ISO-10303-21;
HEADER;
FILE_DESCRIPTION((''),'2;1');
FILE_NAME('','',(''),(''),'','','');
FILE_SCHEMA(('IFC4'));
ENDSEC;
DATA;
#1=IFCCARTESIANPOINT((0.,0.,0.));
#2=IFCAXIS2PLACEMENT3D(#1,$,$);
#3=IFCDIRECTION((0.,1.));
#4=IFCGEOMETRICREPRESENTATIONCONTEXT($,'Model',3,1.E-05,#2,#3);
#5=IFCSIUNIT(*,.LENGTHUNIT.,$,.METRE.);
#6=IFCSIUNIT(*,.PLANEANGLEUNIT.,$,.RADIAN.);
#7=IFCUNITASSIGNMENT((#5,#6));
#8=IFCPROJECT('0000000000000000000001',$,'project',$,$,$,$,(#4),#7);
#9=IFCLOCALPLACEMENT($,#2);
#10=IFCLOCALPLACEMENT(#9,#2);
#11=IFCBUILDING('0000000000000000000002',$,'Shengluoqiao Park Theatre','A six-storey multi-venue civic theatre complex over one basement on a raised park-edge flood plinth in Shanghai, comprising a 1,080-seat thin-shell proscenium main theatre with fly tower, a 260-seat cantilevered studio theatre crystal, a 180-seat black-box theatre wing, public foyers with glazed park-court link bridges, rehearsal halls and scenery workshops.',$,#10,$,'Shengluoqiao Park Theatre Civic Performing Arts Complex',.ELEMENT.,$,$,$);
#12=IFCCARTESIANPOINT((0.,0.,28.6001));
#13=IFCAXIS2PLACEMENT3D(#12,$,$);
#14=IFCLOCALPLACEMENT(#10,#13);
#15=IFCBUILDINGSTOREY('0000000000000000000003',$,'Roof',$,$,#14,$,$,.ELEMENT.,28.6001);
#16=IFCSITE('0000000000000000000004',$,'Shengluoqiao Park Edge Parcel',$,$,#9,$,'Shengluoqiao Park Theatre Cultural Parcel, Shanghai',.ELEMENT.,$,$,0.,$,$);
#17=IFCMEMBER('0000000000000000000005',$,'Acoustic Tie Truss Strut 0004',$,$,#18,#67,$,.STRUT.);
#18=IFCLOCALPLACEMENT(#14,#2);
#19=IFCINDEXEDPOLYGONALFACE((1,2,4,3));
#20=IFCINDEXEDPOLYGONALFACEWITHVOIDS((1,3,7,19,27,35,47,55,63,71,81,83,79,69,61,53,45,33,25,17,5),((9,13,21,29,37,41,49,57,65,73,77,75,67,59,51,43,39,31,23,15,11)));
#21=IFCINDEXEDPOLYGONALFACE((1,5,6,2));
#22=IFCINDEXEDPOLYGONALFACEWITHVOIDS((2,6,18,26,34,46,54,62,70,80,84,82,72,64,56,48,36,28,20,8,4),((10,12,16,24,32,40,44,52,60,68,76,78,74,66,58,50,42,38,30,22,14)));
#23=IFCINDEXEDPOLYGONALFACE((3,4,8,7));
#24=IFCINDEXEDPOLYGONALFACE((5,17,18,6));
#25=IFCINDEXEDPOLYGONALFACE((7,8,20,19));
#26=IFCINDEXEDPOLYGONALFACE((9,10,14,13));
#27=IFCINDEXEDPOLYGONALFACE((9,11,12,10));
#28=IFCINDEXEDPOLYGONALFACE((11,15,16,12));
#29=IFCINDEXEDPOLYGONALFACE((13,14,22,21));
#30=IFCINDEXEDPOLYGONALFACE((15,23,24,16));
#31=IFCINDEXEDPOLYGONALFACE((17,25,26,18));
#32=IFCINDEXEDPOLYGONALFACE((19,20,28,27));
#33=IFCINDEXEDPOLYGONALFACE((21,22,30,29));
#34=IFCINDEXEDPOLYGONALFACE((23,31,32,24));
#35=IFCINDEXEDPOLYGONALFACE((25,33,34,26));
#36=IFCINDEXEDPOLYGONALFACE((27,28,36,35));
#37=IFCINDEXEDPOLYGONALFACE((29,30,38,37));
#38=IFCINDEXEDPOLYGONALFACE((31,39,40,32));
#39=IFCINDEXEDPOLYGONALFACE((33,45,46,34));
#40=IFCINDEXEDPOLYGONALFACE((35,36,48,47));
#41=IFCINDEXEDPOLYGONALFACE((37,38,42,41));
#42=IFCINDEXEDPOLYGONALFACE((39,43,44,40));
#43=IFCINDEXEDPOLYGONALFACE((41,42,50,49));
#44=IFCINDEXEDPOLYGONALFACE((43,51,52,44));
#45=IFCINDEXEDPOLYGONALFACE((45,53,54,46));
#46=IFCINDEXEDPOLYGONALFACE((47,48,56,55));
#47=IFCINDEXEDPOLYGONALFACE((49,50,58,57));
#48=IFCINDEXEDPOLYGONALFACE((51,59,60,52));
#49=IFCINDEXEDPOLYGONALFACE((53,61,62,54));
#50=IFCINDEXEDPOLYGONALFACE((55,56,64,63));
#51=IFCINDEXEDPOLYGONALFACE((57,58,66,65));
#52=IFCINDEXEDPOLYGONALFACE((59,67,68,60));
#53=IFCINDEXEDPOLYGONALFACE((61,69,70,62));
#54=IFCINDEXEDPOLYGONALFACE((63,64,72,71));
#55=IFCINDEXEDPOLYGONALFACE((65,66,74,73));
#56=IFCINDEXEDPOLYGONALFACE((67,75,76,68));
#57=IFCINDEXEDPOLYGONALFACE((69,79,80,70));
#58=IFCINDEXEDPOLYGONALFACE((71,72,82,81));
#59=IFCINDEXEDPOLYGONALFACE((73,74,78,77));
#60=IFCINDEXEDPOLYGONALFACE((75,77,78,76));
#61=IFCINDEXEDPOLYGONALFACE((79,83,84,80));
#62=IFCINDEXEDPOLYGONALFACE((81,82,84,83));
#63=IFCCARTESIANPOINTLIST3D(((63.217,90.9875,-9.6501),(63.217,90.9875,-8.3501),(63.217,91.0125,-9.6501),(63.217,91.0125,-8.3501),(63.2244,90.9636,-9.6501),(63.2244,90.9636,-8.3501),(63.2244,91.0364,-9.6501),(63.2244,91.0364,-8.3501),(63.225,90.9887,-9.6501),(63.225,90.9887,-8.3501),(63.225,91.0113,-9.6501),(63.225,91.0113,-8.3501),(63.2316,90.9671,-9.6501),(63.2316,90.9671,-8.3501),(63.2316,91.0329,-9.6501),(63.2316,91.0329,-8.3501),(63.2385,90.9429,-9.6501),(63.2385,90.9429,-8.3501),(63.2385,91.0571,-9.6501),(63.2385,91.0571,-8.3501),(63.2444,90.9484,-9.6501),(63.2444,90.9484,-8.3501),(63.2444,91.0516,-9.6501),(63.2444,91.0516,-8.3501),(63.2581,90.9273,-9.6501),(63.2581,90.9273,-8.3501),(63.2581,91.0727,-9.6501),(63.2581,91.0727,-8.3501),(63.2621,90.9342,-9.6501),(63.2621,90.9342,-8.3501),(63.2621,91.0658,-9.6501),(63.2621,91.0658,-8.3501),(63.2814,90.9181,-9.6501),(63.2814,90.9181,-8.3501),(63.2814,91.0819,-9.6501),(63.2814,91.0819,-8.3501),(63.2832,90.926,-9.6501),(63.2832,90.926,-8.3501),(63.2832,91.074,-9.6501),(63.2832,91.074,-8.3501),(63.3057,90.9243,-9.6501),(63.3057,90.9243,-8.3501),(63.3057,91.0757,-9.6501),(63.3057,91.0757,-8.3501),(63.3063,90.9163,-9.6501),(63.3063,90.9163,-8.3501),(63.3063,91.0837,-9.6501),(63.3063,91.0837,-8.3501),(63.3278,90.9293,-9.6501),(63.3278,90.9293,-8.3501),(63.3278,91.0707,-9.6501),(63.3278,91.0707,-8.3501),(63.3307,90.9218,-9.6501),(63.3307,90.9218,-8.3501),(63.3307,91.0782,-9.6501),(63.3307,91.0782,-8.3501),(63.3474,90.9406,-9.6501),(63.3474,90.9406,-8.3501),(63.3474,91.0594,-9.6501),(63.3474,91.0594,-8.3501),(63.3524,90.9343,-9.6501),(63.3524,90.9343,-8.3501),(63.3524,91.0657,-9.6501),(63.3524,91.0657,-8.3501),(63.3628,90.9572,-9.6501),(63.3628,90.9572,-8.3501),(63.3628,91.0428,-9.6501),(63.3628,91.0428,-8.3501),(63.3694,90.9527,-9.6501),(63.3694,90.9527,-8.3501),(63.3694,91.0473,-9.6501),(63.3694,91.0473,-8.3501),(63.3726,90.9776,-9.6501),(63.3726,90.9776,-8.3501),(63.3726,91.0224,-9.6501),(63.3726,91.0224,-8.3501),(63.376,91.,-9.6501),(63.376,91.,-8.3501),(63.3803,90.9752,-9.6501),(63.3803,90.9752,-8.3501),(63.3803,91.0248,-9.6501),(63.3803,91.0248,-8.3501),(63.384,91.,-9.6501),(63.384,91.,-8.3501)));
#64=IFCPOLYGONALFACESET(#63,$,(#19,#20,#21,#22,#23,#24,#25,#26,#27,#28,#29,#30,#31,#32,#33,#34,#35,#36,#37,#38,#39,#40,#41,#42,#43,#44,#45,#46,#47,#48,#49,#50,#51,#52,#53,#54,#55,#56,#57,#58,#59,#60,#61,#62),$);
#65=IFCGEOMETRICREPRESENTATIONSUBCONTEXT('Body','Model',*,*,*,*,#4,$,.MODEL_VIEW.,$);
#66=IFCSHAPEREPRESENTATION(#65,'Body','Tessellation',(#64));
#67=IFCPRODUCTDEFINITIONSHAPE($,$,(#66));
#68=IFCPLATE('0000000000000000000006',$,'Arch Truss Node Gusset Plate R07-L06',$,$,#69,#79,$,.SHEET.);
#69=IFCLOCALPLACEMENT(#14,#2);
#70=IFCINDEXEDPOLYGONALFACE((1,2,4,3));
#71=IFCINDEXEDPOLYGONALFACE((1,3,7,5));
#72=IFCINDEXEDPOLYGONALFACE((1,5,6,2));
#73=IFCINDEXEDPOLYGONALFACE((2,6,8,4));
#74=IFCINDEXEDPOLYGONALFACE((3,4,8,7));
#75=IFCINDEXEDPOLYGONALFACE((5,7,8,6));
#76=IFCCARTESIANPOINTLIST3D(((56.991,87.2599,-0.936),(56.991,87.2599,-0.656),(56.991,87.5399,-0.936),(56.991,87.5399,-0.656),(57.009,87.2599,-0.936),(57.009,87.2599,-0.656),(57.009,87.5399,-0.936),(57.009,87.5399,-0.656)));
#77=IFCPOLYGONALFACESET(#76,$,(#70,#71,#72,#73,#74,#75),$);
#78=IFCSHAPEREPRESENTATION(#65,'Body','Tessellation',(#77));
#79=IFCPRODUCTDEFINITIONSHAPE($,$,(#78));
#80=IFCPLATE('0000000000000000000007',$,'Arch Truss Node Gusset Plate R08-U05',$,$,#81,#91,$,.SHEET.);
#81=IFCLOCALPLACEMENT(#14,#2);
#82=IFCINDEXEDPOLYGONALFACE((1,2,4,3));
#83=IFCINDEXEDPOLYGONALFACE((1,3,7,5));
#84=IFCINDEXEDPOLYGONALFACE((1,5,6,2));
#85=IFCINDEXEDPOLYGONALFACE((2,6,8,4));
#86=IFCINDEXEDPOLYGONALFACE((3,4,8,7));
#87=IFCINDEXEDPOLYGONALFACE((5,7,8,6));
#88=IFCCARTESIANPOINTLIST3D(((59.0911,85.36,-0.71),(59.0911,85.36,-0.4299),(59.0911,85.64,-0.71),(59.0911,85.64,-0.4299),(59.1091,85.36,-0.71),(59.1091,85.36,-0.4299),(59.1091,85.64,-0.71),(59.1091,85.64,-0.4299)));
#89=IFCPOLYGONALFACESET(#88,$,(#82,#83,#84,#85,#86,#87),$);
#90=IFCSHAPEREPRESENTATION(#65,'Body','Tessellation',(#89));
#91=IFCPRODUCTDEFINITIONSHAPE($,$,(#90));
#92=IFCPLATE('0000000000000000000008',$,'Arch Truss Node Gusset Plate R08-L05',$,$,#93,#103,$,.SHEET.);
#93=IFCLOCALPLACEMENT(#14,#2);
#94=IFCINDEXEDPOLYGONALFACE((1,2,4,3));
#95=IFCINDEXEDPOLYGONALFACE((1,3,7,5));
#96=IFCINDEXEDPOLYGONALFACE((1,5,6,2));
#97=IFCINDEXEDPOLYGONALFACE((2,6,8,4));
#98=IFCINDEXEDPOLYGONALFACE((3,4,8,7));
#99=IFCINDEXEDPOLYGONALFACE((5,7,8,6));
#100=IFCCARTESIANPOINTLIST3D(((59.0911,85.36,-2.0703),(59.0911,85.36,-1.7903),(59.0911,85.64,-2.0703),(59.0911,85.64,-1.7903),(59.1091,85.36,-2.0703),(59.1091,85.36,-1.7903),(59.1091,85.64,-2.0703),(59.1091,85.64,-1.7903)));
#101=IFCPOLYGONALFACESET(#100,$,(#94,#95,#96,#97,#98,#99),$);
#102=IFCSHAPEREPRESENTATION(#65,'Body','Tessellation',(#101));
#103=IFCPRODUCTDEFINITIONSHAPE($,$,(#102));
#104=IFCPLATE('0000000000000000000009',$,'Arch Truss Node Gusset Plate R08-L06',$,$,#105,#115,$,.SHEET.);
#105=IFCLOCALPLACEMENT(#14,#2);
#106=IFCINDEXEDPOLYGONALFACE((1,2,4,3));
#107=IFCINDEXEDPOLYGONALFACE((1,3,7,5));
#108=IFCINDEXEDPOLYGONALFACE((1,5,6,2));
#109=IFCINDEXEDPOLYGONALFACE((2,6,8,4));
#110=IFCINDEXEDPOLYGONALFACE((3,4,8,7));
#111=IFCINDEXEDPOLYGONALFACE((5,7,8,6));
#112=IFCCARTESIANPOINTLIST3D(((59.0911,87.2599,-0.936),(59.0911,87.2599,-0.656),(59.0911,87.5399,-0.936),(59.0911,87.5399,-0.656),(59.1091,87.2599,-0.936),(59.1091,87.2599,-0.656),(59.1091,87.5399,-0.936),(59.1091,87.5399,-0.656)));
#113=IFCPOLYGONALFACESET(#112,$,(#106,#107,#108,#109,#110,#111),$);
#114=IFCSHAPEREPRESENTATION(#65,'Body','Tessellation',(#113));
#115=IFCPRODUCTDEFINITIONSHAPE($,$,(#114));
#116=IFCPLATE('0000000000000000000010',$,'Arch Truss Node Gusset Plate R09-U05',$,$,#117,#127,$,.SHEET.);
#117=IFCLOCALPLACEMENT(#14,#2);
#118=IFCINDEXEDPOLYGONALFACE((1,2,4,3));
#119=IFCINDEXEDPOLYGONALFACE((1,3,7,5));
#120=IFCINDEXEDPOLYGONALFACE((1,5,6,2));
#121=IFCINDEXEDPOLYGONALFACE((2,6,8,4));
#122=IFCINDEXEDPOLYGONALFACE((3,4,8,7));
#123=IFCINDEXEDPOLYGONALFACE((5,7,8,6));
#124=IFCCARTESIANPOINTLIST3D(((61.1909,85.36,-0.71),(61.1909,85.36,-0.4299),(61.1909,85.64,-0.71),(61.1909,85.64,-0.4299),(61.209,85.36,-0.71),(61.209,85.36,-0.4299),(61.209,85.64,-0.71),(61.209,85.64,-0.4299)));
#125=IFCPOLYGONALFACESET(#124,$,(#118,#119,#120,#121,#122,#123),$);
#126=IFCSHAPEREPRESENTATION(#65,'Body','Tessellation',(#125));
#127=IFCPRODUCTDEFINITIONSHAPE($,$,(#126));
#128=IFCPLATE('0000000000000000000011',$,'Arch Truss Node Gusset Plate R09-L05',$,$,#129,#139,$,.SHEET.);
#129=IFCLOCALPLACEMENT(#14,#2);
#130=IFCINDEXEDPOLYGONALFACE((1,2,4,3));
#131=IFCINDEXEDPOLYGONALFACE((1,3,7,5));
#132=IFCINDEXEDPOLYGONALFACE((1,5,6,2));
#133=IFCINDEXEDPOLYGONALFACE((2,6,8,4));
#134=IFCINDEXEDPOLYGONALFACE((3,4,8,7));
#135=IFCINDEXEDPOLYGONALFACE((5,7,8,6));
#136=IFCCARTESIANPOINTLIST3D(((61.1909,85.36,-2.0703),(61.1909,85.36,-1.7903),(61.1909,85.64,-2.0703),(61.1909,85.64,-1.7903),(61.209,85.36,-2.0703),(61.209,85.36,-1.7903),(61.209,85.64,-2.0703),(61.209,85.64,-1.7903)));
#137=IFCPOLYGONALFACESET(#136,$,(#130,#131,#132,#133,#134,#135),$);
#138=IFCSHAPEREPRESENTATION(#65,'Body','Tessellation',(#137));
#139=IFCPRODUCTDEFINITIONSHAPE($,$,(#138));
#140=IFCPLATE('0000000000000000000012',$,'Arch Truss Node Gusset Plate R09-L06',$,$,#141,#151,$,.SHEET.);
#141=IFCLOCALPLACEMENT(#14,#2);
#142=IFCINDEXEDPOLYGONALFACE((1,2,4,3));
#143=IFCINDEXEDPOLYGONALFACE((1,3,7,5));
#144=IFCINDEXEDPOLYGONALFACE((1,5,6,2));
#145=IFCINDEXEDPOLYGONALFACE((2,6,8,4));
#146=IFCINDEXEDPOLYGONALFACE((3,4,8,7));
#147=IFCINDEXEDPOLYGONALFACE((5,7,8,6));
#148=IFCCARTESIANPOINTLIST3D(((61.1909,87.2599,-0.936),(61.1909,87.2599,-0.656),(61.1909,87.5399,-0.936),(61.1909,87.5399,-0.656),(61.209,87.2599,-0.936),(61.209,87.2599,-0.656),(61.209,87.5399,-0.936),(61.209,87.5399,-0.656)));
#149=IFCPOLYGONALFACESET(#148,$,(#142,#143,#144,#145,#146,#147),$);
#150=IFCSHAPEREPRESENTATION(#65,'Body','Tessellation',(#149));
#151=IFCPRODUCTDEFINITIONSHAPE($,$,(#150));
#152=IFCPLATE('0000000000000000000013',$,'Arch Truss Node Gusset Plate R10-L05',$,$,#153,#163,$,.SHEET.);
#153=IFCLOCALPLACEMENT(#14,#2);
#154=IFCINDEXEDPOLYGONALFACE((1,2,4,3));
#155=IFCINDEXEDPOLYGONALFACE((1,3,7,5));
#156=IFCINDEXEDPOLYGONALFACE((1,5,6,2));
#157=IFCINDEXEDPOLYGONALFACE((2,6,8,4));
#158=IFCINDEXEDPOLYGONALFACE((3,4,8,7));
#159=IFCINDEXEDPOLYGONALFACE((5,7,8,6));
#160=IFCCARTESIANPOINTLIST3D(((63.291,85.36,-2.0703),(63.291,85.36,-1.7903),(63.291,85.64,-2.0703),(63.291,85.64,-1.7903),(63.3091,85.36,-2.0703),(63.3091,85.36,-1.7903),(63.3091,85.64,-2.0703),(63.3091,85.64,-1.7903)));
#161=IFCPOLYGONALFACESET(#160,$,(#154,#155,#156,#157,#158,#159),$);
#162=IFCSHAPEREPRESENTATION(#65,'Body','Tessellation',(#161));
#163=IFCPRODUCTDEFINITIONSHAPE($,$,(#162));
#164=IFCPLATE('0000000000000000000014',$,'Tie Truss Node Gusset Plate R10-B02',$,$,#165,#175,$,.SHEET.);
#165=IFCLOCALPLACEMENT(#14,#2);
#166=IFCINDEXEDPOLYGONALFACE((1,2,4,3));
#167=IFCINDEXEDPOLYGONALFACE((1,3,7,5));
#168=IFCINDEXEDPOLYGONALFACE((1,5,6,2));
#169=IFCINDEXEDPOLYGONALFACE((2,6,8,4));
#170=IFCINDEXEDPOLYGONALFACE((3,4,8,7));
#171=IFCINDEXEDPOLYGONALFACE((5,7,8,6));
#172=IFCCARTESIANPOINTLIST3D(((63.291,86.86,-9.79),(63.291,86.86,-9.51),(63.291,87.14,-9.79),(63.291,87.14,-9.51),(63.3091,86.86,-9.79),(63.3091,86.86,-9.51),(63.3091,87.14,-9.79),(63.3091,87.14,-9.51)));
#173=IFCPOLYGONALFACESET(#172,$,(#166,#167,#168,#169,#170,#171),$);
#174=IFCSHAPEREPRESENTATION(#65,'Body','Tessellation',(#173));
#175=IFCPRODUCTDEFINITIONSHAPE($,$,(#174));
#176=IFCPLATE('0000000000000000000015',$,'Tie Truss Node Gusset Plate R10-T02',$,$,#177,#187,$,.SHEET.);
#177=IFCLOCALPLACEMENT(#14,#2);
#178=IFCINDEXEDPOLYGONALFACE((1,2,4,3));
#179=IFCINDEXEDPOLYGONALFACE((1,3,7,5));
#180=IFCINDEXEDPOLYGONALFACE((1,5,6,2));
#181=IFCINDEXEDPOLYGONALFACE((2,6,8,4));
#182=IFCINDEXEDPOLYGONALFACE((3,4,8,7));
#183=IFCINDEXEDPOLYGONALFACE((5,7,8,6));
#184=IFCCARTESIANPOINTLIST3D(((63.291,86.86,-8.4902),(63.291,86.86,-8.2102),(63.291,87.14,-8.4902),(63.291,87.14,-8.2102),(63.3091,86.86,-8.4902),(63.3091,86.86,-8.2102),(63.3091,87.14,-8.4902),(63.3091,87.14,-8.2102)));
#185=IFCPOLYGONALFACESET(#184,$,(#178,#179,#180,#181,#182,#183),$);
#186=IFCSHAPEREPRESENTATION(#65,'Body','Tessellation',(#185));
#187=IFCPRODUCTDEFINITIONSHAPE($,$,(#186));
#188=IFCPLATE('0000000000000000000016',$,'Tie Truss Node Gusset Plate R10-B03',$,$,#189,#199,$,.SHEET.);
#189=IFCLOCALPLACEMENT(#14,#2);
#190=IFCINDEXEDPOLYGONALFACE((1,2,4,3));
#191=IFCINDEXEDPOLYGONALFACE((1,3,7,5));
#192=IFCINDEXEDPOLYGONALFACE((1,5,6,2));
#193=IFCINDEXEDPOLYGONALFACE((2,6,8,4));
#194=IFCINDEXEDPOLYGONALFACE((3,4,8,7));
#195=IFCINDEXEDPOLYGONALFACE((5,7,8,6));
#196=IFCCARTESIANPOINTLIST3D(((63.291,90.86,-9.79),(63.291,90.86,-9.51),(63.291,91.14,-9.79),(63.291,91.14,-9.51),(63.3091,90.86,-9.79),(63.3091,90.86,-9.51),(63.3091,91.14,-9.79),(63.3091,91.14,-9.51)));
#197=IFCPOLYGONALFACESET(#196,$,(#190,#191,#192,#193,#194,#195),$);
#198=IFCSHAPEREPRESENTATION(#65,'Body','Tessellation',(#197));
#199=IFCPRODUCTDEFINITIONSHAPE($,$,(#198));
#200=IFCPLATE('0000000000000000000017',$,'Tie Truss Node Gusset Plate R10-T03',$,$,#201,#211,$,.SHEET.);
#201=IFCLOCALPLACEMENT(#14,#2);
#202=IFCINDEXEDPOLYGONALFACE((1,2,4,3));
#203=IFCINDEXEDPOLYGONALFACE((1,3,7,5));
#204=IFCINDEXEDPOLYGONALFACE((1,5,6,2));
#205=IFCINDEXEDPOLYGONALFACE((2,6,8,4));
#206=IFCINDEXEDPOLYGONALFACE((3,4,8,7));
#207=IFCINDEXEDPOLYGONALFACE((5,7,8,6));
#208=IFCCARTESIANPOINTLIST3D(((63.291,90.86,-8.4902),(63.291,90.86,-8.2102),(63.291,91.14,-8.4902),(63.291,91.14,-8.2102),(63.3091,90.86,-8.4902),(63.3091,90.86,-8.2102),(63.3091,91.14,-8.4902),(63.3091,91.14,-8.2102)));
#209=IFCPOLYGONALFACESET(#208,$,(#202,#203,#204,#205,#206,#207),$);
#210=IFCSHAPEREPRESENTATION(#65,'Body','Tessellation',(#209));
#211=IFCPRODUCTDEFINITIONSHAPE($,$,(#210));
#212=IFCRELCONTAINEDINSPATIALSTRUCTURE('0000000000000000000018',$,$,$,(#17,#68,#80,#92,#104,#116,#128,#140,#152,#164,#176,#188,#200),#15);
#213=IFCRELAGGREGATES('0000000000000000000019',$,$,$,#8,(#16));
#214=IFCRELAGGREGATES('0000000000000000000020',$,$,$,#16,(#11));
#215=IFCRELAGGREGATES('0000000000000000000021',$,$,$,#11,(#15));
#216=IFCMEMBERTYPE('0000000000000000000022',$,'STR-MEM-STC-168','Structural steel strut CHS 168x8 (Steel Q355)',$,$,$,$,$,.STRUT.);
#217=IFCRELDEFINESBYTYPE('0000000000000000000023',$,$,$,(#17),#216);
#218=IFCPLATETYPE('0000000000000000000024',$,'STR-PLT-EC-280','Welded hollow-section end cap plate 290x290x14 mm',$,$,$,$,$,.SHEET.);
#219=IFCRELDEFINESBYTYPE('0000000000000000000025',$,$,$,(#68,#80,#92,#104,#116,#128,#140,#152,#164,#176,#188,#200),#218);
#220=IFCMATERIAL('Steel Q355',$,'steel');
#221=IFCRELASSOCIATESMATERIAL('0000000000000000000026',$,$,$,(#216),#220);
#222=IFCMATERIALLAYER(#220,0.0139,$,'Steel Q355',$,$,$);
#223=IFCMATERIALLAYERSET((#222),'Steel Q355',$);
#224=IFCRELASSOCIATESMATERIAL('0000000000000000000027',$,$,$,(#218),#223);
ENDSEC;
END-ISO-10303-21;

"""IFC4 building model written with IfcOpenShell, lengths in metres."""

from ifc_helpers import new_model, si_unit, direction, frame, origin, origin_2d, place, context, subcontext, project, spatial, rectangle, hollow_circle, extrude, material, layer, layer_set, material_profile, profile_set, type_object, element, save


model = new_model("IFC4")

# Units and contexts
model_context = context("Model", 3, precision=1e-05, world=origin(), true_north=direction((0.0, 1.0)))
body_context = subcontext(model_context, "Body", "Model", "MODEL_VIEW")
ifc_project = project(units=[si_unit("LENGTHUNIT", "METRE"), si_unit("PLANEANGLEUNIT", "RADIAN")], contexts=[model_context])

# Site, building, storey
site_placement = place(None, origin())
site = spatial("IfcSite", under=ifc_project, at=site_placement, Name="Shengluoqiao Park Edge Parcel", LongName="Shengluoqiao Park Theatre Cultural Parcel, Shanghai", CompositionType="ELEMENT", RefElevation=0.0)
building_placement = place(site_placement, origin())
building = spatial("IfcBuilding", under=site, at=building_placement, Name="Shengluoqiao Park Theatre", Description="A six-storey multi-venue civic theatre complex over one basement on a raised park-edge flood plinth in Shanghai, comprising a 1,080-seat thin-shell proscenium main theatre with fly tower, a 260-seat cantilevered studio theatre crystal, a 180-seat black-box theatre wing, public foyers with glazed park-court link bridges, rehearsal halls and scenery workshops.", LongName="Shengluoqiao Park Theatre Civic Performing Arts Complex", CompositionType="ELEMENT")
storey_placement = place(building_placement, frame((0.0, 0.0, 28.6001)))
storey = spatial("IfcBuildingStorey", under=building, at=storey_placement, Name="Roof", CompositionType="ELEMENT", Elevation=28.6001)

# Shared definitions
ifc_material_1 = material(Name="Steel Q355", Category="steel")

# Member
ifc_material_profile_1 = material_profile(ifc_material_1, hollow_circle(Radius=0.084, WallThickness=0.0081, at=origin_2d()), Name="CHS 168x8")
ifc_profile_set_1 = profile_set([ifc_material_profile_1], Name="Steel Q355")
member_type_1 = type_object("IfcMemberType", Name="STR-MEM-STC-168", Description="Structural steel strut CHS 168x8 (Steel Q355)", PredefinedType="STRUT", material=ifc_profile_set_1)
for number, where, z_axis, x_axis, name in (
    (1, (63.3, 91.0, -9.6501), (0.0, 0.0, 1.0), (1.0, 0.0, 0.0), "Acoustic Tie Truss Strut 0004"),
):
    element("IfcMember", number, at=place(storey_placement, frame(where, z_axis=z_axis, x_axis=x_axis)), inside=storey, type_object=member_type_1, Name=name, PredefinedType="STRUT", context=body_context, shape_type="SweptSolid", body=[
        extrude(hollow_circle(Radius=0.084, WallThickness=0.0081, at=origin_2d()), origin(), (0.0, 0.0, 1.0), 1.3),
    ])

# Plates
ifc_layer = layer(ifc_material_1, 0.0139, Name="Steel Q355")
ifc_layer_set = layer_set([ifc_layer], Name="Steel Q355")
plate_type = type_object("IfcPlateType", Name="STR-PLT-EC-280", Description="Welded hollow-section end cap plate 290x290x14 mm", PredefinedType="SHEET", material=ifc_layer_set)
for number, where, z_axis, x_axis, name in (
    (2, (57.0, 87.3999, -0.936), (0.0, 0.0, 1.0), (1.0, 0.0, 0.0), "Arch Truss Node Gusset Plate R07-L06"),
    (3, (59.1001, 85.5, -0.71), (0.0, 0.0, 1.0), (1.0, 0.0, 0.0), "Arch Truss Node Gusset Plate R08-U05"),
    (4, (59.1001, 85.5, -2.0703), (0.0, 0.0, 1.0), (1.0, 0.0, 0.0), "Arch Truss Node Gusset Plate R08-L05"),
    (5, (59.1001, 87.3999, -0.936), (0.0, 0.0, 1.0), (1.0, 0.0, 0.0), "Arch Truss Node Gusset Plate R08-L06"),
    (6, (61.2, 85.5, -0.71), (0.0, 0.0, 1.0), (1.0, 0.0, 0.0), "Arch Truss Node Gusset Plate R09-U05"),
    (7, (61.2, 85.5, -2.0703), (0.0, 0.0, 1.0), (1.0, 0.0, 0.0), "Arch Truss Node Gusset Plate R09-L05"),
    (8, (61.2, 87.3999, -0.936), (0.0, 0.0, 1.0), (1.0, 0.0, 0.0), "Arch Truss Node Gusset Plate R09-L06"),
    (9, (63.3, 85.5, -2.0703), (0.0, 0.0, 1.0), (1.0, 0.0, 0.0), "Arch Truss Node Gusset Plate R10-L05"),
    (10, (63.3, 87.0, -9.79), (0.0, 0.0, 1.0), (1.0, 0.0, 0.0), "Tie Truss Node Gusset Plate R10-B02"),
    (11, (63.3, 87.0, -8.4902), (0.0, 0.0, 1.0), (1.0, 0.0, 0.0), "Tie Truss Node Gusset Plate R10-T02"),
    (12, (63.3, 91.0, -9.79), (0.0, 0.0, 1.0), (1.0, 0.0, 0.0), "Tie Truss Node Gusset Plate R10-B03"),
    (13, (63.3, 91.0, -8.4902), (0.0, 0.0, 1.0), (1.0, 0.0, 0.0), "Tie Truss Node Gusset Plate R10-T03"),
):
    element("IfcPlate", number, at=place(storey_placement, frame(where, z_axis=z_axis, x_axis=x_axis)), inside=storey, type_object=plate_type, Name=name, PredefinedType="SHEET", context=body_context, shape_type="SweptSolid", body=[
        extrude(rectangle(XDim=0.0181, YDim=0.28, at=origin_2d()), origin(), (0.0, 0.0, 1.0), 0.28),
    ])

save(model, "model.ifc")
